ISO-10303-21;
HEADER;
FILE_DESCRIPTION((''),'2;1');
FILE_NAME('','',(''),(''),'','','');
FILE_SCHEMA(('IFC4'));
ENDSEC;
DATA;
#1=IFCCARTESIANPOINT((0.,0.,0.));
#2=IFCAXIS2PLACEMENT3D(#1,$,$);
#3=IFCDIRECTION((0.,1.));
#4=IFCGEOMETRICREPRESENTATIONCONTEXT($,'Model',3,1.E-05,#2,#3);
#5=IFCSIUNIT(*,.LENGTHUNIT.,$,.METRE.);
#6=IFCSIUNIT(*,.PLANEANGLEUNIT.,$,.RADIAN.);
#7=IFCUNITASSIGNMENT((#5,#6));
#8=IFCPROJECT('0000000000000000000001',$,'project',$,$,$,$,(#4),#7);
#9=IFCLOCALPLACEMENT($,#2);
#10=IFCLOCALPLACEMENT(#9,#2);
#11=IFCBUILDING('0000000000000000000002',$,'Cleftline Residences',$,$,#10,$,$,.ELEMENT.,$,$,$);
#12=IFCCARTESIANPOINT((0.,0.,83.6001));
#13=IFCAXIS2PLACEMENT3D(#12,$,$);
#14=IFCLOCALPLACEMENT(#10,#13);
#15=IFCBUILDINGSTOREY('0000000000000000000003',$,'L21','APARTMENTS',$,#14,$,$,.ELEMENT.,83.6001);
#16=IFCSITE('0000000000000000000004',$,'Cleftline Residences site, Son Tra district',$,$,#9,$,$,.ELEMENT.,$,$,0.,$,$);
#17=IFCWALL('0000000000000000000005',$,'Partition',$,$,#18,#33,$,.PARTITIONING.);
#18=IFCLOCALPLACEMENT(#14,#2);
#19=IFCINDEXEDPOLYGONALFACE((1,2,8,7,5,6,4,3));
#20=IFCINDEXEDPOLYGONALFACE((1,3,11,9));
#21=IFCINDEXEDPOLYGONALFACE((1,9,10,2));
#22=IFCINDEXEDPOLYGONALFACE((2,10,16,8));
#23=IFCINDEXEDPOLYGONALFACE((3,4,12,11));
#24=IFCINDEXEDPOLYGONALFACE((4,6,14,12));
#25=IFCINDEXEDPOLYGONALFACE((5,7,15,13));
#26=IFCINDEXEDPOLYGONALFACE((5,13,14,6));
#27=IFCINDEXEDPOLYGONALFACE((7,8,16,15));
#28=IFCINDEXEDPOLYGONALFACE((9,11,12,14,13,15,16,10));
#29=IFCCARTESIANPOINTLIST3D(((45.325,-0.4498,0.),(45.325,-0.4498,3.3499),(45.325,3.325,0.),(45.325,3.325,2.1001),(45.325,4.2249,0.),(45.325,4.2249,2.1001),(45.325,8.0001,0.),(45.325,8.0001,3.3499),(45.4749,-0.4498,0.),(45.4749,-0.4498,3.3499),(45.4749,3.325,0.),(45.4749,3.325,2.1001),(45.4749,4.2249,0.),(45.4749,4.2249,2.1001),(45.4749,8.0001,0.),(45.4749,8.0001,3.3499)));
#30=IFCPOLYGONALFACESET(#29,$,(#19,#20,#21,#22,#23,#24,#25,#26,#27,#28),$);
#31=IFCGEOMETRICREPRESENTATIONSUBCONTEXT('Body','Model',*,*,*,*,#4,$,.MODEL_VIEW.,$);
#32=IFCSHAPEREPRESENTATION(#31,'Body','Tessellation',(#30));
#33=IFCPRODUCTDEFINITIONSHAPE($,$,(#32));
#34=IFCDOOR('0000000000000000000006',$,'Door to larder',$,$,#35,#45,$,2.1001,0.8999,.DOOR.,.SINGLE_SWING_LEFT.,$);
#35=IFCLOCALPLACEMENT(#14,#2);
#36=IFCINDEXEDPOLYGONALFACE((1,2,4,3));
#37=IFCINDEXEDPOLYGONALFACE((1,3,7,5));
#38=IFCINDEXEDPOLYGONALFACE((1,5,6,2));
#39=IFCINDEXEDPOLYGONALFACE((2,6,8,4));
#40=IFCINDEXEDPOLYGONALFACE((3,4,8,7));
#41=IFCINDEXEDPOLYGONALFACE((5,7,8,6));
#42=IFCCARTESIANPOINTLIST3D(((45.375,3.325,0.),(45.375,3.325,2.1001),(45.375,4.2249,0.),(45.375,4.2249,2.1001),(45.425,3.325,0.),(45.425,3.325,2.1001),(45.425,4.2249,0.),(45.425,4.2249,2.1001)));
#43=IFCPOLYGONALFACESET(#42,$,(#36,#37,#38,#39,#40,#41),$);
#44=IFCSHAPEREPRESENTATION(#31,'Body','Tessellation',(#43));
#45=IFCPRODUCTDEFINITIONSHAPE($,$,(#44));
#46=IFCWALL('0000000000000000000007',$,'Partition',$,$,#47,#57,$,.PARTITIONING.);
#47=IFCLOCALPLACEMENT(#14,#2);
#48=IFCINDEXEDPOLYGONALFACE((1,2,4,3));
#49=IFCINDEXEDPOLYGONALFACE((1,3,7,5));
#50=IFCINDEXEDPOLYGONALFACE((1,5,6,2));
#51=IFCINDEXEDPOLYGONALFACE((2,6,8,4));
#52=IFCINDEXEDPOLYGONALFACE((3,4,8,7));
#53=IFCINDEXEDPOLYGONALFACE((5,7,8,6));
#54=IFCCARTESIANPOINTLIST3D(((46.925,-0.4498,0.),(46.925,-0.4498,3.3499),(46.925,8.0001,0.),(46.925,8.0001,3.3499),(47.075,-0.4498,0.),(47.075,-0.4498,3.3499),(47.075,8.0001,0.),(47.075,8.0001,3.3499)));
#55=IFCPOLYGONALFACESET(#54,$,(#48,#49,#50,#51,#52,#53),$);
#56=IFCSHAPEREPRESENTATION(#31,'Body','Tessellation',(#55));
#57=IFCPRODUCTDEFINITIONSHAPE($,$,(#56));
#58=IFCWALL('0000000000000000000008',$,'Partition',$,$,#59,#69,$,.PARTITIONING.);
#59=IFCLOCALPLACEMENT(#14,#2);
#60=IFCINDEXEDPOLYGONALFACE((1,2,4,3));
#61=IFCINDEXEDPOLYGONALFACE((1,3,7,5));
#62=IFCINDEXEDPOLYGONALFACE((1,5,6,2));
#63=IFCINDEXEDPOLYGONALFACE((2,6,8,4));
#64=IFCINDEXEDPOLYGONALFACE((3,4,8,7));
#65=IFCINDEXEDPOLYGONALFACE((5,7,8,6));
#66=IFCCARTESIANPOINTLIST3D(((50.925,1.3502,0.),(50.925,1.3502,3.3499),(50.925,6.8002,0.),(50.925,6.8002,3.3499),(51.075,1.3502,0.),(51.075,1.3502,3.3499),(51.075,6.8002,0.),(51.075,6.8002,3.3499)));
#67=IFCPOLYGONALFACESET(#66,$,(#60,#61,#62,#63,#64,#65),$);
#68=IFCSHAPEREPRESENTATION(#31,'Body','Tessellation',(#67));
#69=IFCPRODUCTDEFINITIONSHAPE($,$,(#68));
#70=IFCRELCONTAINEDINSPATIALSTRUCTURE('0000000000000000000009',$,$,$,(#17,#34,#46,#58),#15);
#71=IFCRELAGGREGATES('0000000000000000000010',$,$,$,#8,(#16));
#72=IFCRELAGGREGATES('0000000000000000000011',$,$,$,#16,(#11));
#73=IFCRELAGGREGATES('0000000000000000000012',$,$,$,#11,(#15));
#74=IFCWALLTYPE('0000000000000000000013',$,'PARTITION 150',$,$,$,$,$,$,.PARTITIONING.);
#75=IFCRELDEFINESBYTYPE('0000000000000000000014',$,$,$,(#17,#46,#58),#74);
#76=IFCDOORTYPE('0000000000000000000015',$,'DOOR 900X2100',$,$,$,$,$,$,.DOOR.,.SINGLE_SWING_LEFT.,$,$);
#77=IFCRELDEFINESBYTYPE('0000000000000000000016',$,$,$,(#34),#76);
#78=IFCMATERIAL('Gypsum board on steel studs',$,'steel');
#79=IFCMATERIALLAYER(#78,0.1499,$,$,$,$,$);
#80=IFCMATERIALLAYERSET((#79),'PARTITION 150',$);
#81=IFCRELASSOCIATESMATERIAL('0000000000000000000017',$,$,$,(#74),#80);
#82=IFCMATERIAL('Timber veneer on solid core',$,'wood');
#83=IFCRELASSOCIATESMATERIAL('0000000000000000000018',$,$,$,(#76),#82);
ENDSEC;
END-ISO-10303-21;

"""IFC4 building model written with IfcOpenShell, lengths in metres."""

from ifc_helpers import new_model, si_unit, direction, frame, frame_2d, origin, place, context, subcontext, project, spatial, rectangle, extrude, material, layer, layer_set, type_object, element, fill, save


model = new_model("IFC4")

# Units and contexts
model_context = context("Model", 3, precision=1e-05, world=origin(), true_north=direction((0.0, 1.0)))
body_context = subcontext(model_context, "Body", "Model", "MODEL_VIEW")
ifc_project = project(units=[si_unit("LENGTHUNIT", "METRE"), si_unit("PLANEANGLEUNIT", "RADIAN")], contexts=[model_context])

# Site, building, storey
site_placement = place(None, origin())
site = spatial("IfcSite", under=ifc_project, at=site_placement, Name="Cleftline Residences site, Son Tra district", CompositionType="ELEMENT", RefElevation=0.0)
building_placement = place(site_placement, origin())
building = spatial("IfcBuilding", under=site, at=building_placement, Name="Cleftline Residences", CompositionType="ELEMENT")
storey_placement = place(building_placement, frame((0.0, 0.0, 83.6001)))
storey = spatial("IfcBuildingStorey", under=building, at=storey_placement, Name="L21", Description="APARTMENTS", CompositionType="ELEMENT", Elevation=83.6001)

# Wall, opening, door
ifc_material_1 = material(Name="Gypsum board on steel studs", Category="steel")
ifc_layer_1 = layer(ifc_material_1, 0.1499)
ifc_layer_set_1 = layer_set([ifc_layer_1], Name="PARTITION 150")
wall_type_1 = type_object("IfcWallType", Name="PARTITION 150", PredefinedType="PARTITIONING", material=ifc_layer_set_1)
wall_1_placement = place(storey_placement, frame((45.3999, -0.45, 0.0), z_axis=(0.0, 0.0, 1.0), x_axis=(0.0, 1.0, 0.0)))
wall_1 = element("IfcWall", 1, at=wall_1_placement, inside=storey, type_object=wall_type_1, Name="Partition", PredefinedType="PARTITIONING", context=body_context, shape_type="SweptSolid", body=[
    extrude(rectangle(XDim=8.45, YDim=0.1499, at=frame_2d((4.2251, 0.0))), origin(), (0.0, 0.0, 1.0), 3.3499),
])
opening_1_placement = place(wall_1_placement, frame((3.7749, 0.0, 0.0)))
opening_1 = element("IfcOpeningElement", 2, at=opening_1_placement, cuts=wall_1, PredefinedType="OPENING", context=body_context, shape_type="SweptSolid", body=[
    extrude(rectangle(XDim=0.8999, YDim=2.1001, at=frame_2d((0.45, 1.05))), frame((0.0, 0.085, 0.0), z_axis=(0.0, -1.0, 0.0), x_axis=(1.0, 0.0, 0.0)), (0.0, 0.0, 1.0), 0.1699),
])
ifc_material_2 = material(Name="Timber veneer on solid core", Category="wood")
door_type = type_object("IfcDoorType", Name="DOOR 900X2100", OperationType="SINGLE_SWING_LEFT", PredefinedType="DOOR", material=ifc_material_2)
door_placement = place(opening_1_placement, origin())
door = element("IfcDoor", 3, at=door_placement, inside=storey, type_object=door_type, Name="Door to larder", OperationType="SINGLE_SWING_LEFT", OverallHeight=2.1001, OverallWidth=0.8999, PredefinedType="DOOR", context=body_context, shape_type="SweptSolid", body=[
    extrude(rectangle(XDim=0.8999, YDim=2.1001, at=frame_2d((0.45, 1.05))), frame((0.0, 0.0249, 0.0), z_axis=(0.0, -1.0, 0.0), x_axis=(1.0, 0.0, 0.0)), (0.0, 0.0, 1.0), 0.05),
])
fill(opening_1, door)

# Walls
wall_2_placement = place(storey_placement, frame((47.0, -0.45, 0.0), z_axis=(0.0, 0.0, 1.0), x_axis=(0.0, 1.0, 0.0)))
element("IfcWall", 4, at=wall_2_placement, inside=storey, type_object=wall_type_1, Name="Partition", PredefinedType="PARTITIONING", context=body_context, shape_type="SweptSolid", body=[
    extrude(rectangle(XDim=8.45, YDim=0.1499, at=frame_2d((4.2251, 0.0))), origin(), (0.0, 0.0, 1.0), 3.3499),
])
wall_3_placement = place(storey_placement, frame((51.0, 1.3501, 0.0), z_axis=(0.0, 0.0, 1.0), x_axis=(0.0, 1.0, 0.0)))
element("IfcWall", 5, at=wall_3_placement, inside=storey, type_object=wall_type_1, Name="Partition", PredefinedType="PARTITIONING", context=body_context, shape_type="SweptSolid", body=[
    extrude(rectangle(XDim=5.45, YDim=0.1499, at=frame_2d((2.7251, 0.0))), origin(), (0.0, 0.0, 1.0), 3.3499),
])

save(model, "model.ifc")
